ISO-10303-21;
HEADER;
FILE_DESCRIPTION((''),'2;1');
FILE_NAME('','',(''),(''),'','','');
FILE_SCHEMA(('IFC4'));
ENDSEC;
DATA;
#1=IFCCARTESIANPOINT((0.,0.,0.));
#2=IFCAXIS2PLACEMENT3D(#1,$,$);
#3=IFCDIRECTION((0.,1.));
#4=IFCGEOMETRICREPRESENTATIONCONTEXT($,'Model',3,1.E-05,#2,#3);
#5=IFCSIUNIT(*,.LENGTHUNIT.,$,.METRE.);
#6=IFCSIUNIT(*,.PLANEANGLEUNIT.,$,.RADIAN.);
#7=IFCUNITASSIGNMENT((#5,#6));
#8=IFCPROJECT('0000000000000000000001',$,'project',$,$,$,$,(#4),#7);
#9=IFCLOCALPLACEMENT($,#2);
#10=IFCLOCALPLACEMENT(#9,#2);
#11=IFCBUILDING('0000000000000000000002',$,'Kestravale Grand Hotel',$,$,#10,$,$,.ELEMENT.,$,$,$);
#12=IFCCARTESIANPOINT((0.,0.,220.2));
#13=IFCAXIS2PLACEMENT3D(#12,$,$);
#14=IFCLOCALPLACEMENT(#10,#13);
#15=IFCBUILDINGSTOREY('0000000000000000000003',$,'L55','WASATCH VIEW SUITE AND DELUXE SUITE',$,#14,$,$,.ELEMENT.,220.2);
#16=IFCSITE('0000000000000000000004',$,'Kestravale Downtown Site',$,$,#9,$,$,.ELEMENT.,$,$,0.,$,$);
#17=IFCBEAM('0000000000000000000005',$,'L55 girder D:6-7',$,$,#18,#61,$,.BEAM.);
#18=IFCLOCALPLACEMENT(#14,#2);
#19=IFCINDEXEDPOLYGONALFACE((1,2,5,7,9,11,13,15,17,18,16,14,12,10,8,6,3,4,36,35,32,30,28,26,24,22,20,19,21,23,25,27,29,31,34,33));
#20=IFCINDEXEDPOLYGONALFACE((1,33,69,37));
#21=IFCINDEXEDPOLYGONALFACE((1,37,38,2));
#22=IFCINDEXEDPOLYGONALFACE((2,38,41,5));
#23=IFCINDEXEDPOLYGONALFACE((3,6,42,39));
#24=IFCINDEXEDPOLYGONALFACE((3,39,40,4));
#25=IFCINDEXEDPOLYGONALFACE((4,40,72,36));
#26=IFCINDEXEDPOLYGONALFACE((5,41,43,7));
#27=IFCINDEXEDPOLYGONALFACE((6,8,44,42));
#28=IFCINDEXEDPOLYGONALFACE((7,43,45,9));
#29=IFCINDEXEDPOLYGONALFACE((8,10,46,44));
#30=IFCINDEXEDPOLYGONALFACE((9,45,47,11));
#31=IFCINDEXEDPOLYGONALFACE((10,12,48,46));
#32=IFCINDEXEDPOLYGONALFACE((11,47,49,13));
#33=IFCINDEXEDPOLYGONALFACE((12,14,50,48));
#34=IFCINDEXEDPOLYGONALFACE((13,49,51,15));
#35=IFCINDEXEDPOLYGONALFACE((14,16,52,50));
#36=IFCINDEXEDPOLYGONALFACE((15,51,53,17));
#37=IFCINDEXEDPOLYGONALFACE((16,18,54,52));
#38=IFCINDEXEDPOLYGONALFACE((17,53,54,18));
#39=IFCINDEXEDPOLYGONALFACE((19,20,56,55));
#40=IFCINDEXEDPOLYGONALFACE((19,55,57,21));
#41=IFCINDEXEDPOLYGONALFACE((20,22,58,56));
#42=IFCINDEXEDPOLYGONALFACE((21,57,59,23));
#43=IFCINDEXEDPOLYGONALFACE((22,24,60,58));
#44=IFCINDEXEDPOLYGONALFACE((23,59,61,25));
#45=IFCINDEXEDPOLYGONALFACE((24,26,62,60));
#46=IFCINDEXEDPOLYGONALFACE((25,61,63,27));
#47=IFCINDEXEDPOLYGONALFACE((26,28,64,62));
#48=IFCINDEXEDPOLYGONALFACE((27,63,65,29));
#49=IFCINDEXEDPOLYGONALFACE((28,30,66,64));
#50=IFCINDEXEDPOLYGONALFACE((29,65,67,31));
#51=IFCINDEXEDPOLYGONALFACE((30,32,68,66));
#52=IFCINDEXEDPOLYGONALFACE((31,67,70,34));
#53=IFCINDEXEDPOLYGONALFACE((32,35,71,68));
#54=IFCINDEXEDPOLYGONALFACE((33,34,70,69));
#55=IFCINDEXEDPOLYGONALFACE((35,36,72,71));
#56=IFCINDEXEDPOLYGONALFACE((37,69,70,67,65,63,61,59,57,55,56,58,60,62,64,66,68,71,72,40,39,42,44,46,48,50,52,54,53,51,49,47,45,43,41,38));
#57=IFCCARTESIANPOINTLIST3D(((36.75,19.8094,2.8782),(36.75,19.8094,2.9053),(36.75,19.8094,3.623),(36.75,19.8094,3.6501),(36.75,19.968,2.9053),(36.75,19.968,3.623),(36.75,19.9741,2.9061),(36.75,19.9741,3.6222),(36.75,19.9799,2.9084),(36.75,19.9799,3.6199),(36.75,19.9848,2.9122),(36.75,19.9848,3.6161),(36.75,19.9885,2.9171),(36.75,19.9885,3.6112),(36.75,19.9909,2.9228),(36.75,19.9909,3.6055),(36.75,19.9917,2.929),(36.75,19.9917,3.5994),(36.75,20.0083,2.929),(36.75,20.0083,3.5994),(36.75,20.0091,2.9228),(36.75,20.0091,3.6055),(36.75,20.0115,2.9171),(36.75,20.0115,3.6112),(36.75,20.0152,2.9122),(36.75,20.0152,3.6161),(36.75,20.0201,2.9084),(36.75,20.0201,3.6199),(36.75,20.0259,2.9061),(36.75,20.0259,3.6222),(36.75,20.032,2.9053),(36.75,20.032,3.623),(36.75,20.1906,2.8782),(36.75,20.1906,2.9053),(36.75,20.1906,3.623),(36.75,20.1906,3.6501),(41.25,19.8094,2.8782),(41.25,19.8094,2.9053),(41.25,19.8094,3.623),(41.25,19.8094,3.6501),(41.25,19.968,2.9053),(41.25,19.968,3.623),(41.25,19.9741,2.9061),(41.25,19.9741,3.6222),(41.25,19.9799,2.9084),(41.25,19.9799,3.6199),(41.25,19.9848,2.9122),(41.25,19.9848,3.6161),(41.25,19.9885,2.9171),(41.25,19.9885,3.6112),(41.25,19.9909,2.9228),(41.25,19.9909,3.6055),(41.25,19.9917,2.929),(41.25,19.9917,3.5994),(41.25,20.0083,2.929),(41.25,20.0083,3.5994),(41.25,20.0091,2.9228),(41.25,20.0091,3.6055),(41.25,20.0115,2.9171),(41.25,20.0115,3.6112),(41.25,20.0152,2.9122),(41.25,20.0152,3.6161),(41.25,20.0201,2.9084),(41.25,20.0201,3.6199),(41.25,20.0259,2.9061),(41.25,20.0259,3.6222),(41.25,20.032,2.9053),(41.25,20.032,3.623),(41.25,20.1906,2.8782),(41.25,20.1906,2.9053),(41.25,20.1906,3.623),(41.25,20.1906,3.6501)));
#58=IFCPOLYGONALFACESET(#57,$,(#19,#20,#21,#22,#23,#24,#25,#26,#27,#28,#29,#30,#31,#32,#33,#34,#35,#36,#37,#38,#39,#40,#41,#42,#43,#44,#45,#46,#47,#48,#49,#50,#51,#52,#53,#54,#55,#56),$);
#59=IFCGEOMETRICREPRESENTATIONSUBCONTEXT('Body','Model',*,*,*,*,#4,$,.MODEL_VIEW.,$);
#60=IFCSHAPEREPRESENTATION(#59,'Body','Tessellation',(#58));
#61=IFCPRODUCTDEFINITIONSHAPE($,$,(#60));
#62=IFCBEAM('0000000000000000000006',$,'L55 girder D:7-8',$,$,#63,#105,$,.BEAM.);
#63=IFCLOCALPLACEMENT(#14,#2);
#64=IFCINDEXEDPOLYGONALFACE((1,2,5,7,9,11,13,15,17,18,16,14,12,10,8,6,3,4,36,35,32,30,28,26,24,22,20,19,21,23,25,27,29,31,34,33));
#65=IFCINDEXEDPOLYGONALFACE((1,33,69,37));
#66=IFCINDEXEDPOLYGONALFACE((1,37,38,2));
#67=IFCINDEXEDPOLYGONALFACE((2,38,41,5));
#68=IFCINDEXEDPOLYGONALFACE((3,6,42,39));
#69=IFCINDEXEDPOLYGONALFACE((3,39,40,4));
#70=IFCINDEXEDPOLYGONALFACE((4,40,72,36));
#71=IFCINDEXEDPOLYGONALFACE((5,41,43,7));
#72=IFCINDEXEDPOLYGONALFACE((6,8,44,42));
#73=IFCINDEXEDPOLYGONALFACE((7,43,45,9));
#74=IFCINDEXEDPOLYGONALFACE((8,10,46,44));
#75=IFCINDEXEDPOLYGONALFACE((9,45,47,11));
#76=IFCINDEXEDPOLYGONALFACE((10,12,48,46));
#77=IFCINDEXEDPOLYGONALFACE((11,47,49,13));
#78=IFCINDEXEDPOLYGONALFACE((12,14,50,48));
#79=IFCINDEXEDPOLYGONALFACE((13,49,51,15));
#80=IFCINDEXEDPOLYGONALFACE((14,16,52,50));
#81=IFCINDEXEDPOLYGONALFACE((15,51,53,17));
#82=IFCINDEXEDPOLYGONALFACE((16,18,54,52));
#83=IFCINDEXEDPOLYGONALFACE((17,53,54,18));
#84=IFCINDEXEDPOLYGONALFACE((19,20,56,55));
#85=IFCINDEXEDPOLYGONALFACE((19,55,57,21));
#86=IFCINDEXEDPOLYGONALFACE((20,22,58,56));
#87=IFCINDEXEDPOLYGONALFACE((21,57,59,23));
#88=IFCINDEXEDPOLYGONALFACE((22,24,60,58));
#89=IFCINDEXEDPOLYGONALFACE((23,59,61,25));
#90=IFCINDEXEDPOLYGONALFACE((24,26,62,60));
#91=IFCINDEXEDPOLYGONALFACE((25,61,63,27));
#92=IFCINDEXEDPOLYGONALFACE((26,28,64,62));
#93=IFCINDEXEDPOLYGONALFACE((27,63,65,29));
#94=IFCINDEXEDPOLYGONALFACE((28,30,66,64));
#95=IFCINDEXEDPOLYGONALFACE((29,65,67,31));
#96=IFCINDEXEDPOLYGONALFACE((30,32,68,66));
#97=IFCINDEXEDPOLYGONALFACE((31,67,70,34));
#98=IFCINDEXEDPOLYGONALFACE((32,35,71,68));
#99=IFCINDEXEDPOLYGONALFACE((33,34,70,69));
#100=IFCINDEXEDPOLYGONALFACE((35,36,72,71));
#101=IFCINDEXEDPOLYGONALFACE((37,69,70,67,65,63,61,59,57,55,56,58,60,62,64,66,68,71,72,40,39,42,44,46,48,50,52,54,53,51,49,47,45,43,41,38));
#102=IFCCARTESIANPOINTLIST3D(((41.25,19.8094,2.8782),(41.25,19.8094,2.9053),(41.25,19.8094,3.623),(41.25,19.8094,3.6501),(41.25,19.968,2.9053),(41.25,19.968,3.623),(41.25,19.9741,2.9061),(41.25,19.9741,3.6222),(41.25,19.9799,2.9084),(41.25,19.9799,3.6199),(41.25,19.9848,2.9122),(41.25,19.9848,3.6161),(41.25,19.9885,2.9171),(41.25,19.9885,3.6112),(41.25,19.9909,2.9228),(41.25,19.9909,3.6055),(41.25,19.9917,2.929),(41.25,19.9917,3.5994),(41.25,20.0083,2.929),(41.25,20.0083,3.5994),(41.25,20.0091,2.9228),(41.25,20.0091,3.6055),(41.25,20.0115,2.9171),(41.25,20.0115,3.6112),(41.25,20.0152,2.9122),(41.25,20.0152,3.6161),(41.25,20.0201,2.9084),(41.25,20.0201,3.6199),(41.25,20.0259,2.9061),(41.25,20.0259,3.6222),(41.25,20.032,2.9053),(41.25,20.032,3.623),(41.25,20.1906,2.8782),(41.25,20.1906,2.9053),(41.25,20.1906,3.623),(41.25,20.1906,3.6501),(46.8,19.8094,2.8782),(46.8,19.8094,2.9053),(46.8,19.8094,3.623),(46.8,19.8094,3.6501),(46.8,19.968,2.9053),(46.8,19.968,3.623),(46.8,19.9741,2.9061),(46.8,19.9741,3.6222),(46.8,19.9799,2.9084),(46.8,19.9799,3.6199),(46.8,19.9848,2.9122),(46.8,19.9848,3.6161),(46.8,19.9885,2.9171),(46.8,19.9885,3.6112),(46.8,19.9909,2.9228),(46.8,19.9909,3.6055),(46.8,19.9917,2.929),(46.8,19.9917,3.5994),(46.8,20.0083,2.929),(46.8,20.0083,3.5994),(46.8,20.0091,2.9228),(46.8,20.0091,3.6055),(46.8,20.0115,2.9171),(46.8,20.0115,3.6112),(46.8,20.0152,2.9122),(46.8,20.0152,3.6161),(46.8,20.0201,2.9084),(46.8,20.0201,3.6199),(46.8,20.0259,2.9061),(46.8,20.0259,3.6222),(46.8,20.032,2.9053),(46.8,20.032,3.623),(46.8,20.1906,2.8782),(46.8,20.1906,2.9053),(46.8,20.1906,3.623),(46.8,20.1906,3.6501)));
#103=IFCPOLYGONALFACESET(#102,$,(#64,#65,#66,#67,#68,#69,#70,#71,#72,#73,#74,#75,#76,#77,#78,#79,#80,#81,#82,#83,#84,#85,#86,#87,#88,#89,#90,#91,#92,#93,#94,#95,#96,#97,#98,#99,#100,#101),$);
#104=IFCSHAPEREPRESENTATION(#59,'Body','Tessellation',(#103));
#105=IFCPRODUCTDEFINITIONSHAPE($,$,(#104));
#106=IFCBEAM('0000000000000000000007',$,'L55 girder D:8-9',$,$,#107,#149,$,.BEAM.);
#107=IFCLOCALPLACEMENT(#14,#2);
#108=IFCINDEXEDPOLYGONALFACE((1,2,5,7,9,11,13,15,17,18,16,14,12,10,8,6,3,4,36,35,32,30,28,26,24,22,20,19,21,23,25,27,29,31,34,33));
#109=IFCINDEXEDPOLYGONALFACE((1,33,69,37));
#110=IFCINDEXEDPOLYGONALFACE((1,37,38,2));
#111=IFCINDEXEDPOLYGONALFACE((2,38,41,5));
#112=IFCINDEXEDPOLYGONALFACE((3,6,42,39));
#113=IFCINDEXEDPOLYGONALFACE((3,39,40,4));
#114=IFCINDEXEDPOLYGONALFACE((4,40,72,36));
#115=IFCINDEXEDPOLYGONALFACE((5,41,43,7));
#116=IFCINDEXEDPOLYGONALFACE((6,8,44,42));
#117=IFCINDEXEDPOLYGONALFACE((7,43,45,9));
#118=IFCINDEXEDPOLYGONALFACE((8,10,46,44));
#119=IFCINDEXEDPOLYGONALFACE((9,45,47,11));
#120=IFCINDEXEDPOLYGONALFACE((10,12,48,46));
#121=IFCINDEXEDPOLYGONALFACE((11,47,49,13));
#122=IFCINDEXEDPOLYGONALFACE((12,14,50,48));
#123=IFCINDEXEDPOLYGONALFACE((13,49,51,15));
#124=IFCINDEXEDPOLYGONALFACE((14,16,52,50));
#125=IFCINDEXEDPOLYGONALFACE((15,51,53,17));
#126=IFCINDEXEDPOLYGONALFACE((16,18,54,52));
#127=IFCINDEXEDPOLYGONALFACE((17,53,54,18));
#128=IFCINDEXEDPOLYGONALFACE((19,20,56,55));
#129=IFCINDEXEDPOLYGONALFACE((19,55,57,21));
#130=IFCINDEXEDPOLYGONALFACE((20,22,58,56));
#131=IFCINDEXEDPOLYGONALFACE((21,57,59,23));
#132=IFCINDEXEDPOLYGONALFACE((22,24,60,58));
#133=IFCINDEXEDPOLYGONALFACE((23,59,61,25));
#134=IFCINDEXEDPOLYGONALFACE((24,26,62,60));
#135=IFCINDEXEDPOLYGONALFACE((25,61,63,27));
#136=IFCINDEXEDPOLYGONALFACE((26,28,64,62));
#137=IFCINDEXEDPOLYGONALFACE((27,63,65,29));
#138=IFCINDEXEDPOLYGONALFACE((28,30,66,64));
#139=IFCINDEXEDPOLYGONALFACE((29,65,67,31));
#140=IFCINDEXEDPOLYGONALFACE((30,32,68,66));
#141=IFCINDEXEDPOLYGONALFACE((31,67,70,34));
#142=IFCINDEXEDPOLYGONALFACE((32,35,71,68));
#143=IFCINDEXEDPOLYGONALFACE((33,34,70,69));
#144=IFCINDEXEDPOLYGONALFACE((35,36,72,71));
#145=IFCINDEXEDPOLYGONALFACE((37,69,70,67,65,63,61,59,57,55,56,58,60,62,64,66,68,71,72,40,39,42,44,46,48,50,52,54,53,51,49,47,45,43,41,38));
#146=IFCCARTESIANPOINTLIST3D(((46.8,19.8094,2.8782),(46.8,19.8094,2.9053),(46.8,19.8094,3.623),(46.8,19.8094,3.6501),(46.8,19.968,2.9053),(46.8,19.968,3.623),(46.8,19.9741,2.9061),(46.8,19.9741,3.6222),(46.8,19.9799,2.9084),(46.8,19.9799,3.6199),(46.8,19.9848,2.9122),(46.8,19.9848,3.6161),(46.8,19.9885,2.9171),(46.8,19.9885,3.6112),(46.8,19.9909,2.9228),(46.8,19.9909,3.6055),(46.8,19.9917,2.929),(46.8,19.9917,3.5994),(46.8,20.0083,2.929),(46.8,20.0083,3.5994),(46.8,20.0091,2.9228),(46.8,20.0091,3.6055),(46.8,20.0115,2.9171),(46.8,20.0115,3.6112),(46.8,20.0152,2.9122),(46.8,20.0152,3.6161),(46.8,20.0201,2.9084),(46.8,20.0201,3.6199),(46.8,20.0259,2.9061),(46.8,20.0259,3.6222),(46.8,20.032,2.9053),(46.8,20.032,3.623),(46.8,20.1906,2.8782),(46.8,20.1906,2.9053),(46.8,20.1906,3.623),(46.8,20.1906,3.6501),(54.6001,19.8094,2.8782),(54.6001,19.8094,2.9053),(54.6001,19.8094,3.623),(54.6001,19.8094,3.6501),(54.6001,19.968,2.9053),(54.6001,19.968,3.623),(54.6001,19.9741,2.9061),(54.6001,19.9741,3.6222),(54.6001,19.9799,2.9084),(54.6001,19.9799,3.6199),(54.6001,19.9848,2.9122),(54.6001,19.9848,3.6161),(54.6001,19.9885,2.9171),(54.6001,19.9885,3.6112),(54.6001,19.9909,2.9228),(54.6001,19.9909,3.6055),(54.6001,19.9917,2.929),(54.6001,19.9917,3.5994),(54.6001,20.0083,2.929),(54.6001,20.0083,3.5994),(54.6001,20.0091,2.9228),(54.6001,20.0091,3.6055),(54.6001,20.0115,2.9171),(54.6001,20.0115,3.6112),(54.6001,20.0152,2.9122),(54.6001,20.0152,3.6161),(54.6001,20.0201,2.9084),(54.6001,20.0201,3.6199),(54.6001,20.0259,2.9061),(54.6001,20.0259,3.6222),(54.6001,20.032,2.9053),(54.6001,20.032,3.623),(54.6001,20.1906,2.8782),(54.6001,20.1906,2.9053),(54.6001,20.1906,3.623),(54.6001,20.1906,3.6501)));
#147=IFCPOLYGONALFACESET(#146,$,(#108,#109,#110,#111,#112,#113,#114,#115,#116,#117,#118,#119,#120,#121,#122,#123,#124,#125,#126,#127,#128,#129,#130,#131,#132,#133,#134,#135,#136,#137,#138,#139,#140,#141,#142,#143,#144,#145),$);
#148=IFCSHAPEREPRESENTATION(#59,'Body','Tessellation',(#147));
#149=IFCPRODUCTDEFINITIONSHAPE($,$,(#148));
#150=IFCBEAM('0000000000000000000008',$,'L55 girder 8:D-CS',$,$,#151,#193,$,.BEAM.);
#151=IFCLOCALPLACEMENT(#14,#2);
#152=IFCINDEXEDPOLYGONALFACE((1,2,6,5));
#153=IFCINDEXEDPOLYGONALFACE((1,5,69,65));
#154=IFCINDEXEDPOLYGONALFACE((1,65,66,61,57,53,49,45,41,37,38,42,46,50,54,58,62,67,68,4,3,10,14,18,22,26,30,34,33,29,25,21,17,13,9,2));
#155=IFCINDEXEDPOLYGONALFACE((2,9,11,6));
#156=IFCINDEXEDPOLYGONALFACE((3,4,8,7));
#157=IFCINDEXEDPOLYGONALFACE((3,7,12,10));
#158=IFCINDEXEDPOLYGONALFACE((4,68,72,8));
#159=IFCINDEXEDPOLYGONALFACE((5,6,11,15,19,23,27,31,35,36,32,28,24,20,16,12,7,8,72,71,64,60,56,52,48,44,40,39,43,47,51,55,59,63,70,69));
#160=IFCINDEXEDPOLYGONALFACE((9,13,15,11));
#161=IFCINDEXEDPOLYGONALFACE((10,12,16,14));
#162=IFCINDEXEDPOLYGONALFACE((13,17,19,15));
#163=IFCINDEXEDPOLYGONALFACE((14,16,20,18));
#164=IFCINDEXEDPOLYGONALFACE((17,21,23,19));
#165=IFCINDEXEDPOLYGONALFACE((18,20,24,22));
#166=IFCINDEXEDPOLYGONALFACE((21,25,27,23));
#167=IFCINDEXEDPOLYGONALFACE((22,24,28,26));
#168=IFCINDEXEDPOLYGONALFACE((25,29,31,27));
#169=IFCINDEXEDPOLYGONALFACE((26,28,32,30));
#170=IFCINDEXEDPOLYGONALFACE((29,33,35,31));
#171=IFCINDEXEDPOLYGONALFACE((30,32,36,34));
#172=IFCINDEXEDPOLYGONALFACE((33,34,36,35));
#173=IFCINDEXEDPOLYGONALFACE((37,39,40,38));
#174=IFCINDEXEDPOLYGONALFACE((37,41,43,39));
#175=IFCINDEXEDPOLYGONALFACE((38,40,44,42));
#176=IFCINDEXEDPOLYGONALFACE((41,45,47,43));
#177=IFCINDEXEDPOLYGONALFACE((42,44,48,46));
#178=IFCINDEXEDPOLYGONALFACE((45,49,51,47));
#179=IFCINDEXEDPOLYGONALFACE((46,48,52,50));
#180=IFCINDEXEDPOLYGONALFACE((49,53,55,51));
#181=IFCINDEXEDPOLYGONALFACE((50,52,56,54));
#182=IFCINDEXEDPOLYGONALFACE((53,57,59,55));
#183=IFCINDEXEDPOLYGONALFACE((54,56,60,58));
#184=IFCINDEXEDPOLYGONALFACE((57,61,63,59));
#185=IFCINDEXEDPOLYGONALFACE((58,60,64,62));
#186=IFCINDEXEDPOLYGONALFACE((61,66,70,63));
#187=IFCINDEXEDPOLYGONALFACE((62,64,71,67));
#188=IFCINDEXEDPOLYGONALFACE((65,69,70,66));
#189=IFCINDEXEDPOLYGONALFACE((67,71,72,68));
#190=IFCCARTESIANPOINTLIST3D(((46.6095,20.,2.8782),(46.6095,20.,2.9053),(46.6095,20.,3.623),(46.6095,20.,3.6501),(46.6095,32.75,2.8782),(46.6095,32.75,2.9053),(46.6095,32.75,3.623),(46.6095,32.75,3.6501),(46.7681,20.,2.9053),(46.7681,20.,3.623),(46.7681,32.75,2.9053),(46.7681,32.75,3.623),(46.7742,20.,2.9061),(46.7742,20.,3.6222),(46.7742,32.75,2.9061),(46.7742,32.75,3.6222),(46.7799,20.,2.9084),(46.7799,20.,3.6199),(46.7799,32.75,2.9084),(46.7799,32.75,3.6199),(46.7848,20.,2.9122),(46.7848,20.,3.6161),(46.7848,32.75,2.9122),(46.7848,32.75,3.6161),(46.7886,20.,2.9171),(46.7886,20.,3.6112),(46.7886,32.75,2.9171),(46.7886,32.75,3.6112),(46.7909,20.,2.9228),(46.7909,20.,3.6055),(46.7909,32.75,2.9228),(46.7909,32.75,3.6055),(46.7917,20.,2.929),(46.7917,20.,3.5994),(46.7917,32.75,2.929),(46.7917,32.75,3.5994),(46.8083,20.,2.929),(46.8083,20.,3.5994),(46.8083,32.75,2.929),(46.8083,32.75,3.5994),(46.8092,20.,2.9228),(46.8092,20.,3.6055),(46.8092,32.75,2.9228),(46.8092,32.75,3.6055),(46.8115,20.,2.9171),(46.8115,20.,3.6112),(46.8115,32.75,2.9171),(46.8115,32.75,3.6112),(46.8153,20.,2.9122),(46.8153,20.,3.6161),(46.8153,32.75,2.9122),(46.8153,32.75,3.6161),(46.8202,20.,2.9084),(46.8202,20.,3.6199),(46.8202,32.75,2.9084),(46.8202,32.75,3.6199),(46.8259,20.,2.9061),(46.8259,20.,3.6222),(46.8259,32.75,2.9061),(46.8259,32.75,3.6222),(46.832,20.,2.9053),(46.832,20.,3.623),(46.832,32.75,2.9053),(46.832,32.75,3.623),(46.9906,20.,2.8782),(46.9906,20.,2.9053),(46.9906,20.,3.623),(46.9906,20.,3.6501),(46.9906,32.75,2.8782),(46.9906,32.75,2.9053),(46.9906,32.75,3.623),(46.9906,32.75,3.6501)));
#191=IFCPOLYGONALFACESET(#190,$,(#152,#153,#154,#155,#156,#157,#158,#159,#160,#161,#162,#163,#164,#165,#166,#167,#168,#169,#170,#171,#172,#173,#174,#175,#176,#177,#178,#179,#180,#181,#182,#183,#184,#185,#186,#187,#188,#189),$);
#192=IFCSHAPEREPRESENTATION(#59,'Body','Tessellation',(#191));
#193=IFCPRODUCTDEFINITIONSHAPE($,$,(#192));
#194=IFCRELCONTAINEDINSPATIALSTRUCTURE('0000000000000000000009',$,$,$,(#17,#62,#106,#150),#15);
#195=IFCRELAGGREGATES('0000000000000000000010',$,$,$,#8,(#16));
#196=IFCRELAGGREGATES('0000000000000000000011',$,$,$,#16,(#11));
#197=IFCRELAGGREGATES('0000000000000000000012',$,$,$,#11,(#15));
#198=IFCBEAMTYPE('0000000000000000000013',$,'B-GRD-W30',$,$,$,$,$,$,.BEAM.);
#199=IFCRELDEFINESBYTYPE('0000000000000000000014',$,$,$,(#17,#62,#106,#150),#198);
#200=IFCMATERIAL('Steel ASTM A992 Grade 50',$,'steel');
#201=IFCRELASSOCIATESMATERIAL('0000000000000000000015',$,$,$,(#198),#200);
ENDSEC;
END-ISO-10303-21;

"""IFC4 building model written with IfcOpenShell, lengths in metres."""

from ifc_helpers import new_model, si_unit, direction, frame, origin, origin_2d, place, context, subcontext, project, spatial, i_section, extrude, material, material_profile, profile_set, type_object, element, save


model = new_model("IFC4")

# Units and contexts
model_context = context("Model", 3, precision=1e-05, world=origin(), true_north=direction((0.0, 1.0)))
body_context = subcontext(model_context, "Body", "Model", "MODEL_VIEW")
ifc_project = project(units=[si_unit("LENGTHUNIT", "METRE"), si_unit("PLANEANGLEUNIT", "RADIAN")], contexts=[model_context])

# Site, building, storey
site_placement = place(None, origin())
site = spatial("IfcSite", under=ifc_project, at=site_placement, Name="Kestravale Downtown Site", CompositionType="ELEMENT", RefElevation=0.0)
building_placement = place(site_placement, origin())
building = spatial("IfcBuilding", under=site, at=building_placement, Name="Kestravale Grand Hotel", CompositionType="ELEMENT")
storey_placement = place(building_placement, frame((0.0, 0.0, 220.2)))
storey = spatial("IfcBuildingStorey", under=building, at=storey_placement, Name="L55", Description="WASATCH VIEW SUITE AND DELUXE SUITE", CompositionType="ELEMENT", Elevation=220.2)

# Beams
ifc_material_1 = material(Name="Steel ASTM A992 Grade 50", Category="steel")
ifc_material_profile_1 = material_profile(ifc_material_1, i_section(OverallWidth=0.3811, OverallDepth=0.772, WebThickness=0.0166, FlangeThickness=0.0271, FilletRadius=0.0237, at=origin_2d()))
ifc_profile_set_1 = profile_set([ifc_material_profile_1], Name="Steel ASTM A992 Grade 50")
beam_type_1 = type_object("IfcBeamType", Name="B-GRD-W30", PredefinedType="BEAM", material=ifc_profile_set_1)
beam_1_placement = place(storey_placement, frame((36.75, 20.0, 3.2642), z_axis=(1.0, 0.0, 0.0), x_axis=(0.0, 1.0, 0.0)))
element("IfcBeam", 1, at=beam_1_placement, inside=storey, type_object=beam_type_1, Name="L55 girder D:6-7", PredefinedType="BEAM", context=body_context, shape_type="SweptSolid", body=[
    extrude(i_section(OverallWidth=0.3811, OverallDepth=0.772, WebThickness=0.0166, FlangeThickness=0.0271, FilletRadius=0.0237, at=origin_2d()), origin(), (0.0, 0.0, 1.0), 4.5),
])
beam_2_placement = place(storey_placement, frame((41.25, 20.0, 3.2642), z_axis=(1.0, 0.0, 0.0), x_axis=(0.0, 1.0, 0.0)))
element("IfcBeam", 2, at=beam_2_placement, inside=storey, type_object=beam_type_1, Name="L55 girder D:7-8", PredefinedType="BEAM", context=body_context, shape_type="SweptSolid", body=[
    extrude(i_section(OverallWidth=0.3811, OverallDepth=0.772, WebThickness=0.0166, FlangeThickness=0.0271, FilletRadius=0.0237, at=origin_2d()), origin(), (0.0, 0.0, 1.0), 5.55),
])
beam_3_placement = place(storey_placement, frame((46.8, 20.0, 3.2642), z_axis=(1.0, 0.0, 0.0), x_axis=(0.0, 1.0, 0.0)))
element("IfcBeam", 3, at=beam_3_placement, inside=storey, type_object=beam_type_1, Name="L55 girder D:8-9", PredefinedType="BEAM", context=body_context, shape_type="SweptSolid", body=[
    extrude(i_section(OverallWidth=0.3811, OverallDepth=0.772, WebThickness=0.0166, FlangeThickness=0.0271, FilletRadius=0.0237, at=origin_2d()), origin(), (0.0, 0.0, 1.0), 7.8),
])
beam_4_placement = place(storey_placement, frame((46.8, 20.0, 3.2642), z_axis=(0.0, 1.0, 0.0), x_axis=(-1.0, 0.0, 0.0)))
element("IfcBeam", 4, at=beam_4_placement, inside=storey, type_object=beam_type_1, Name="L55 girder 8:D-CS", PredefinedType="BEAM", context=body_context, shape_type="SweptSolid", body=[
    extrude(i_section(OverallWidth=0.3811, OverallDepth=0.772, WebThickness=0.0166, FlangeThickness=0.0271, FilletRadius=0.0237, at=origin_2d()), origin(), (0.0, 0.0, 1.0), 12.75),
])

save(model, "model.ifc")
